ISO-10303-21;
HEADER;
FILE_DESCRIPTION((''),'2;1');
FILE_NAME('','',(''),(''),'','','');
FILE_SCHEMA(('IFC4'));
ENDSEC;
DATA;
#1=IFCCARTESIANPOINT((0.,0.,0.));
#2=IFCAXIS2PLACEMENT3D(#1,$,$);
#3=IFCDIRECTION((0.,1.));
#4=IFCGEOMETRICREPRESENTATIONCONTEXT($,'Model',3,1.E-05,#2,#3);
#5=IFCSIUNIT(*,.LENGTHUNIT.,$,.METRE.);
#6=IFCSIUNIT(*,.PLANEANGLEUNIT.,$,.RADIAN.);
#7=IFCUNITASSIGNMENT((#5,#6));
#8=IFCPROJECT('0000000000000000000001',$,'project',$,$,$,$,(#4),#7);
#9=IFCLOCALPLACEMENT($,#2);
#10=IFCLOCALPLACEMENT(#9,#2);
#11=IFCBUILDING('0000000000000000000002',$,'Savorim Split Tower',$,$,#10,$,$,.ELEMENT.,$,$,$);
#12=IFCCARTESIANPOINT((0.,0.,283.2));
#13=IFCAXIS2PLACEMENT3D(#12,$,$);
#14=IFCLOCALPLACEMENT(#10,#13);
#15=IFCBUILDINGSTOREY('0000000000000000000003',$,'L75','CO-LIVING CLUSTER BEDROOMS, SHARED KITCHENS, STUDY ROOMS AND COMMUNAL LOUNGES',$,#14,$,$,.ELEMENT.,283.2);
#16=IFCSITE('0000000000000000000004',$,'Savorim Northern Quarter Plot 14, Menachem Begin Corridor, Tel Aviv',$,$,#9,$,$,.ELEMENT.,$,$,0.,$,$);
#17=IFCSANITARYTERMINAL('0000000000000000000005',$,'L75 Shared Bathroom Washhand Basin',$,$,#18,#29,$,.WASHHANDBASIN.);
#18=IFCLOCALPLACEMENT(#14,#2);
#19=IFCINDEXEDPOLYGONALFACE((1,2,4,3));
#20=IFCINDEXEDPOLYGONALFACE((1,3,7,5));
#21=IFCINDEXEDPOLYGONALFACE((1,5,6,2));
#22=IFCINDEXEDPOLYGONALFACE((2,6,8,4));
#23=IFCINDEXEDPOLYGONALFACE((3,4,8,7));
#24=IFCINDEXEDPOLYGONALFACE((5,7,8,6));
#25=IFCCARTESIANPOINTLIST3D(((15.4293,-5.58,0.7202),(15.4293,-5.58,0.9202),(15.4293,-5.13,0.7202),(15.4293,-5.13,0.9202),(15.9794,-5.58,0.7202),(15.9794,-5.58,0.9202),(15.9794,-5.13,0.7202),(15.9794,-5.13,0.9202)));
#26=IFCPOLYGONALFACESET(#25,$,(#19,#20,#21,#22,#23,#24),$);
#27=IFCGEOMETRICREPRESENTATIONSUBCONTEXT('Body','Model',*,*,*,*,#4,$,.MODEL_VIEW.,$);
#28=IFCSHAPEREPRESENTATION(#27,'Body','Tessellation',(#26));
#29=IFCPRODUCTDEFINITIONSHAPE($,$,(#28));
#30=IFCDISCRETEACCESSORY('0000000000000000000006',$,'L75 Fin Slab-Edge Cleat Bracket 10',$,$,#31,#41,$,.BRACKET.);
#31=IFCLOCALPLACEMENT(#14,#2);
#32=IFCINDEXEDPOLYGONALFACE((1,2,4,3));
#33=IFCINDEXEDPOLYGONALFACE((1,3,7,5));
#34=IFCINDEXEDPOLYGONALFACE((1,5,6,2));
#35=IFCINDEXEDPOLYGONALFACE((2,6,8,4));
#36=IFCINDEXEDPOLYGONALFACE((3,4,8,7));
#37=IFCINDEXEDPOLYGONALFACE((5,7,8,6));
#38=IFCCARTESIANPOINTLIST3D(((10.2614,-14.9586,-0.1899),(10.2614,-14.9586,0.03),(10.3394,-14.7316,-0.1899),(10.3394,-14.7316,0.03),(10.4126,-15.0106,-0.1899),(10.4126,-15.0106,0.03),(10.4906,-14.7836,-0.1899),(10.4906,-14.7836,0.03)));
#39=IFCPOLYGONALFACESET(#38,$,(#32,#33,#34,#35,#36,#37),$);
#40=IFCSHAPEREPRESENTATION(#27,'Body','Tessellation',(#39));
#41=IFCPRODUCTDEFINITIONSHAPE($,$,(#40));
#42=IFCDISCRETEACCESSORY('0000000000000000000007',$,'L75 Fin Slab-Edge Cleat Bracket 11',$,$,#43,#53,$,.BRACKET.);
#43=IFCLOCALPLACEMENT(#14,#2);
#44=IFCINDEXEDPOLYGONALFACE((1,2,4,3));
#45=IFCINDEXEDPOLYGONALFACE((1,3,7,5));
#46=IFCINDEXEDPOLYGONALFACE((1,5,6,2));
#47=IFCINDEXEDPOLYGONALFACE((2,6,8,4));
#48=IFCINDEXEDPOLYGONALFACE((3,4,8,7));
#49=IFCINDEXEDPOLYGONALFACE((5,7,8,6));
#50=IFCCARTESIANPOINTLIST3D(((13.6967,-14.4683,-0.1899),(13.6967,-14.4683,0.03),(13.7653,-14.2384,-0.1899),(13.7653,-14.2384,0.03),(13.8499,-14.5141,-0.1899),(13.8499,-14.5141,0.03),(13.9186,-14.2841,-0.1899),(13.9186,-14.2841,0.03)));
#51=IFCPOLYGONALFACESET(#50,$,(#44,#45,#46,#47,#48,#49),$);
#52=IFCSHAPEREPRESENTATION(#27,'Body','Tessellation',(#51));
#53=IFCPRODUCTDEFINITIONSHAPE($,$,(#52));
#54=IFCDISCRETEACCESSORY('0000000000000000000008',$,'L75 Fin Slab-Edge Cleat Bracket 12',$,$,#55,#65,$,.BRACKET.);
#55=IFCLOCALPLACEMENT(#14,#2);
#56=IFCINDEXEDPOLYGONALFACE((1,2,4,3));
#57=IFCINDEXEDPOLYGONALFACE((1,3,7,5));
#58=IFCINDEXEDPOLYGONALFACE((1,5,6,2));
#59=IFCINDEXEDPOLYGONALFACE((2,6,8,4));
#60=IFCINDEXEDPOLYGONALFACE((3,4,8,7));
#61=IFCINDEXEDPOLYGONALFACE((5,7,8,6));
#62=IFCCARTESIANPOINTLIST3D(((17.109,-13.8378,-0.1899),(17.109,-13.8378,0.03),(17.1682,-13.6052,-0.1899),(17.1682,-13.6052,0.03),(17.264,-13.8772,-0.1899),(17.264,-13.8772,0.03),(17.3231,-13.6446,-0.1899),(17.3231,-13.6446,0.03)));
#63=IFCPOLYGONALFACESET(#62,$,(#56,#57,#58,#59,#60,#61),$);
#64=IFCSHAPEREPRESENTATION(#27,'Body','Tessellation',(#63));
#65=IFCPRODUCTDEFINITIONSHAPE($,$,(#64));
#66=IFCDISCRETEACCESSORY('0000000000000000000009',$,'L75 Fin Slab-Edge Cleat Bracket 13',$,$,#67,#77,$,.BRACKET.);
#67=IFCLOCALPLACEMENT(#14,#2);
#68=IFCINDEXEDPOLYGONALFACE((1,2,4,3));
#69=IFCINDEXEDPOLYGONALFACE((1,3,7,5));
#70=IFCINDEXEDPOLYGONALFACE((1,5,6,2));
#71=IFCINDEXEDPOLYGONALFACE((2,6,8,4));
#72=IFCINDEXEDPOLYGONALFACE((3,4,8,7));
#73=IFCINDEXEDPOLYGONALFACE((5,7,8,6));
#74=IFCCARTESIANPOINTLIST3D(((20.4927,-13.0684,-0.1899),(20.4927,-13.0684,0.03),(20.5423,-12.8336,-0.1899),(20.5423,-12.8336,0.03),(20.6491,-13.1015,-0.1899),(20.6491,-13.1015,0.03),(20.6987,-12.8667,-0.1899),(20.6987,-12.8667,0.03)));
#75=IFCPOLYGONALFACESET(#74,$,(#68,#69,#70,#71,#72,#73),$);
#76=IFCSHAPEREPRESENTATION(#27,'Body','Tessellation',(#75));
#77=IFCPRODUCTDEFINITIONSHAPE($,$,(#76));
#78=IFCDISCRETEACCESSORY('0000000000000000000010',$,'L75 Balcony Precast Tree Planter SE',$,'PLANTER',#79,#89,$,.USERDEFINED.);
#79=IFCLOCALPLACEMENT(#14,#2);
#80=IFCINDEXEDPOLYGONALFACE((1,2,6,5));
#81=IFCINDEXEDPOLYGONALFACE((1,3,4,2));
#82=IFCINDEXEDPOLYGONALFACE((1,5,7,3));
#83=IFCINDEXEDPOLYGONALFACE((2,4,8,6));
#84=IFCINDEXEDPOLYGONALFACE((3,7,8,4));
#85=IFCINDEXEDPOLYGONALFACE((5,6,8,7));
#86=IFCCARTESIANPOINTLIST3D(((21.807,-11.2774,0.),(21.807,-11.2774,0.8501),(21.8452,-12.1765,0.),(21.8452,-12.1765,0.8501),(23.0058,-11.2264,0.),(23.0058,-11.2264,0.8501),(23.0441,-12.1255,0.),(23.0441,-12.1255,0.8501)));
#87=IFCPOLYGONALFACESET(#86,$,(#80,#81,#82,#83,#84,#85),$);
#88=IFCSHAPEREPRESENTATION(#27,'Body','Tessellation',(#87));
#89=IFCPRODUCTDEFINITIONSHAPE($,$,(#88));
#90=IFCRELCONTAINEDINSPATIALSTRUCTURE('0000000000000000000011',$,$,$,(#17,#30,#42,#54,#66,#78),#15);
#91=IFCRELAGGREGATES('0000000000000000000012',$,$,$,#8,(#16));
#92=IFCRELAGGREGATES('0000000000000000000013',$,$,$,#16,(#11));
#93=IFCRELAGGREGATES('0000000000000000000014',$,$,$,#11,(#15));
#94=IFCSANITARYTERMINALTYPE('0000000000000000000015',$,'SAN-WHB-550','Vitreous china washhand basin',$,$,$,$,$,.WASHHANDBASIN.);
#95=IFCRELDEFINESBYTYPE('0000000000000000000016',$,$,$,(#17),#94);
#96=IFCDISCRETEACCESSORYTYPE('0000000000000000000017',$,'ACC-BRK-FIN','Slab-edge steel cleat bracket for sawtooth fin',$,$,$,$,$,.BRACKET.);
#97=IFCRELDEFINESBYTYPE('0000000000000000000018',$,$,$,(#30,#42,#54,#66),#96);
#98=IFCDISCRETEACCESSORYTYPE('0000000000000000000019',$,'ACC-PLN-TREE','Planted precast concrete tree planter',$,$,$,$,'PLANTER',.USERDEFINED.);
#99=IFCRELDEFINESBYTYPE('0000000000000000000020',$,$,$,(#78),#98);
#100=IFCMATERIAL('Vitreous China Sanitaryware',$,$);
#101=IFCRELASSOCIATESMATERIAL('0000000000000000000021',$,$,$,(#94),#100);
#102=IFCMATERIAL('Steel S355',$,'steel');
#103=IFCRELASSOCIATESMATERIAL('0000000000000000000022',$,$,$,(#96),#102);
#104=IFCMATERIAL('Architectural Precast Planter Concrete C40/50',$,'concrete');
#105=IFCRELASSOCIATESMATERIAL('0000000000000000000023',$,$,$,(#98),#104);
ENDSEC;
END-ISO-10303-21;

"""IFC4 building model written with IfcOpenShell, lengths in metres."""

from ifc_helpers import new_model, si_unit, direction, frame, origin, origin_2d, place, context, subcontext, project, spatial, rectangle, extrude, material, type_object, element, save


model = new_model("IFC4")

# Units and contexts
model_context = context("Model", 3, precision=1e-05, world=origin(), true_north=direction((0.0, 1.0)))
body_context = subcontext(model_context, "Body", "Model", "MODEL_VIEW")
ifc_project = project(units=[si_unit("LENGTHUNIT", "METRE"), si_unit("PLANEANGLEUNIT", "RADIAN")], contexts=[model_context])

# Site, building, storey
site_placement = place(None, origin())
site = spatial("IfcSite", under=ifc_project, at=site_placement, Name="Savorim Northern Quarter Plot 14, Menachem Begin Corridor, Tel Aviv", CompositionType="ELEMENT", RefElevation=0.0)
building_placement = place(site_placement, origin())
building = spatial("IfcBuilding", under=site, at=building_placement, Name="Savorim Split Tower", CompositionType="ELEMENT")
storey_placement = place(building_placement, frame((0.0, 0.0, 283.2)))
storey = spatial("IfcBuildingStorey", under=building, at=storey_placement, Name="L75", Description="CO-LIVING CLUSTER BEDROOMS, SHARED KITCHENS, STUDY ROOMS AND COMMUNAL LOUNGES", CompositionType="ELEMENT", Elevation=283.2)

# Shared definitions
ifc_material_1 = material(Name="Steel S355", Category="steel")

# Sanitary terminal
ifc_material_2 = material(Name="Vitreous China Sanitaryware")
sanitary_terminal_type_1 = type_object("IfcSanitaryTerminalType", Name="SAN-WHB-550", Description="Vitreous china washhand basin", PredefinedType="WASHHANDBASIN", material=ifc_material_2)
for number, where, z_axis, x_axis, name in (
    (1, (15.7043, -5.355, 0.7202), (0.0, 0.0, 1.0), (1.0, 0.0, 0.0), "L75 Shared Bathroom Washhand Basin"),
):
    element("IfcSanitaryTerminal", number, at=place(storey_placement, frame(where, z_axis=z_axis, x_axis=x_axis)), inside=storey, type_object=sanitary_terminal_type_1, Name=name, PredefinedType="WASHHANDBASIN", context=body_context, shape_type="SweptSolid", body=[
        extrude(rectangle(XDim=0.55, YDim=0.45, at=origin_2d()), origin(), (0.0, 0.0, 1.0), 0.2),
    ])

# Discrete accessories
discrete_accessory_type_1 = type_object("IfcDiscreteAccessoryType", Name="ACC-BRK-FIN", Description="Slab-edge steel cleat bracket for sawtooth fin", PredefinedType="BRACKET", material=ifc_material_1)
for number, where, z_axis, x_axis, name in (
    (2, (10.376, -14.8711, -0.1899), (0.0, 0.0, 1.0), (-0.324994, -0.945716, 0.0), "L75 Fin Slab-Edge Cleat Bracket 10"),
    (3, (13.8076, -14.3762, -0.1899), (0.0, 0.0, 1.0), (-0.286026, -0.958222, 0.0), "L75 Fin Slab-Edge Cleat Bracket 11"),
    (4, (17.2161, -13.7412, -0.1899), (0.0, 0.0, 1.0), (-0.246581, -0.969122, 0.0), "L75 Fin Slab-Edge Cleat Bracket 12"),
    (5, (20.5957, -12.9675, -0.1899), (0.0, 0.0, 1.0), (-0.206722, -0.9784, 0.0), "L75 Fin Slab-Edge Cleat Bracket 13"),
):
    element("IfcDiscreteAccessory", number, at=place(storey_placement, frame(where, z_axis=z_axis, x_axis=x_axis)), inside=storey, type_object=discrete_accessory_type_1, Name=name, PredefinedType="BRACKET", context=body_context, shape_type="SweptSolid", body=[
        extrude(rectangle(XDim=0.24, YDim=0.1599, at=origin_2d()), origin(), (0.0, 0.0, 1.0), 0.22),
    ])
ifc_material_3 = material(Name="Architectural Precast Planter Concrete C40/50", Category="concrete")
discrete_accessory_type_2 = type_object("IfcDiscreteAccessoryType", Name="ACC-PLN-TREE", Description="Planted precast concrete tree planter", ElementType="PLANTER", PredefinedType="USERDEFINED", material=ifc_material_3)
discrete_accessory_placement = place(storey_placement, frame((22.4255, -11.7014, 0.0), z_axis=(0.0, 0.0, 1.0), x_axis=(0.999096, 0.042512, 0.0)))
element("IfcDiscreteAccessory", 6, at=discrete_accessory_placement, inside=storey, type_object=discrete_accessory_type_2, Name="L75 Balcony Precast Tree Planter SE", ObjectType="PLANTER", PredefinedType="USERDEFINED", context=body_context, shape_type="SweptSolid", body=[
    extrude(rectangle(XDim=1.2, YDim=0.8999, at=origin_2d()), origin(), (0.0, 0.0, 1.0), 0.8501),
])

save(model, "model.ifc")
